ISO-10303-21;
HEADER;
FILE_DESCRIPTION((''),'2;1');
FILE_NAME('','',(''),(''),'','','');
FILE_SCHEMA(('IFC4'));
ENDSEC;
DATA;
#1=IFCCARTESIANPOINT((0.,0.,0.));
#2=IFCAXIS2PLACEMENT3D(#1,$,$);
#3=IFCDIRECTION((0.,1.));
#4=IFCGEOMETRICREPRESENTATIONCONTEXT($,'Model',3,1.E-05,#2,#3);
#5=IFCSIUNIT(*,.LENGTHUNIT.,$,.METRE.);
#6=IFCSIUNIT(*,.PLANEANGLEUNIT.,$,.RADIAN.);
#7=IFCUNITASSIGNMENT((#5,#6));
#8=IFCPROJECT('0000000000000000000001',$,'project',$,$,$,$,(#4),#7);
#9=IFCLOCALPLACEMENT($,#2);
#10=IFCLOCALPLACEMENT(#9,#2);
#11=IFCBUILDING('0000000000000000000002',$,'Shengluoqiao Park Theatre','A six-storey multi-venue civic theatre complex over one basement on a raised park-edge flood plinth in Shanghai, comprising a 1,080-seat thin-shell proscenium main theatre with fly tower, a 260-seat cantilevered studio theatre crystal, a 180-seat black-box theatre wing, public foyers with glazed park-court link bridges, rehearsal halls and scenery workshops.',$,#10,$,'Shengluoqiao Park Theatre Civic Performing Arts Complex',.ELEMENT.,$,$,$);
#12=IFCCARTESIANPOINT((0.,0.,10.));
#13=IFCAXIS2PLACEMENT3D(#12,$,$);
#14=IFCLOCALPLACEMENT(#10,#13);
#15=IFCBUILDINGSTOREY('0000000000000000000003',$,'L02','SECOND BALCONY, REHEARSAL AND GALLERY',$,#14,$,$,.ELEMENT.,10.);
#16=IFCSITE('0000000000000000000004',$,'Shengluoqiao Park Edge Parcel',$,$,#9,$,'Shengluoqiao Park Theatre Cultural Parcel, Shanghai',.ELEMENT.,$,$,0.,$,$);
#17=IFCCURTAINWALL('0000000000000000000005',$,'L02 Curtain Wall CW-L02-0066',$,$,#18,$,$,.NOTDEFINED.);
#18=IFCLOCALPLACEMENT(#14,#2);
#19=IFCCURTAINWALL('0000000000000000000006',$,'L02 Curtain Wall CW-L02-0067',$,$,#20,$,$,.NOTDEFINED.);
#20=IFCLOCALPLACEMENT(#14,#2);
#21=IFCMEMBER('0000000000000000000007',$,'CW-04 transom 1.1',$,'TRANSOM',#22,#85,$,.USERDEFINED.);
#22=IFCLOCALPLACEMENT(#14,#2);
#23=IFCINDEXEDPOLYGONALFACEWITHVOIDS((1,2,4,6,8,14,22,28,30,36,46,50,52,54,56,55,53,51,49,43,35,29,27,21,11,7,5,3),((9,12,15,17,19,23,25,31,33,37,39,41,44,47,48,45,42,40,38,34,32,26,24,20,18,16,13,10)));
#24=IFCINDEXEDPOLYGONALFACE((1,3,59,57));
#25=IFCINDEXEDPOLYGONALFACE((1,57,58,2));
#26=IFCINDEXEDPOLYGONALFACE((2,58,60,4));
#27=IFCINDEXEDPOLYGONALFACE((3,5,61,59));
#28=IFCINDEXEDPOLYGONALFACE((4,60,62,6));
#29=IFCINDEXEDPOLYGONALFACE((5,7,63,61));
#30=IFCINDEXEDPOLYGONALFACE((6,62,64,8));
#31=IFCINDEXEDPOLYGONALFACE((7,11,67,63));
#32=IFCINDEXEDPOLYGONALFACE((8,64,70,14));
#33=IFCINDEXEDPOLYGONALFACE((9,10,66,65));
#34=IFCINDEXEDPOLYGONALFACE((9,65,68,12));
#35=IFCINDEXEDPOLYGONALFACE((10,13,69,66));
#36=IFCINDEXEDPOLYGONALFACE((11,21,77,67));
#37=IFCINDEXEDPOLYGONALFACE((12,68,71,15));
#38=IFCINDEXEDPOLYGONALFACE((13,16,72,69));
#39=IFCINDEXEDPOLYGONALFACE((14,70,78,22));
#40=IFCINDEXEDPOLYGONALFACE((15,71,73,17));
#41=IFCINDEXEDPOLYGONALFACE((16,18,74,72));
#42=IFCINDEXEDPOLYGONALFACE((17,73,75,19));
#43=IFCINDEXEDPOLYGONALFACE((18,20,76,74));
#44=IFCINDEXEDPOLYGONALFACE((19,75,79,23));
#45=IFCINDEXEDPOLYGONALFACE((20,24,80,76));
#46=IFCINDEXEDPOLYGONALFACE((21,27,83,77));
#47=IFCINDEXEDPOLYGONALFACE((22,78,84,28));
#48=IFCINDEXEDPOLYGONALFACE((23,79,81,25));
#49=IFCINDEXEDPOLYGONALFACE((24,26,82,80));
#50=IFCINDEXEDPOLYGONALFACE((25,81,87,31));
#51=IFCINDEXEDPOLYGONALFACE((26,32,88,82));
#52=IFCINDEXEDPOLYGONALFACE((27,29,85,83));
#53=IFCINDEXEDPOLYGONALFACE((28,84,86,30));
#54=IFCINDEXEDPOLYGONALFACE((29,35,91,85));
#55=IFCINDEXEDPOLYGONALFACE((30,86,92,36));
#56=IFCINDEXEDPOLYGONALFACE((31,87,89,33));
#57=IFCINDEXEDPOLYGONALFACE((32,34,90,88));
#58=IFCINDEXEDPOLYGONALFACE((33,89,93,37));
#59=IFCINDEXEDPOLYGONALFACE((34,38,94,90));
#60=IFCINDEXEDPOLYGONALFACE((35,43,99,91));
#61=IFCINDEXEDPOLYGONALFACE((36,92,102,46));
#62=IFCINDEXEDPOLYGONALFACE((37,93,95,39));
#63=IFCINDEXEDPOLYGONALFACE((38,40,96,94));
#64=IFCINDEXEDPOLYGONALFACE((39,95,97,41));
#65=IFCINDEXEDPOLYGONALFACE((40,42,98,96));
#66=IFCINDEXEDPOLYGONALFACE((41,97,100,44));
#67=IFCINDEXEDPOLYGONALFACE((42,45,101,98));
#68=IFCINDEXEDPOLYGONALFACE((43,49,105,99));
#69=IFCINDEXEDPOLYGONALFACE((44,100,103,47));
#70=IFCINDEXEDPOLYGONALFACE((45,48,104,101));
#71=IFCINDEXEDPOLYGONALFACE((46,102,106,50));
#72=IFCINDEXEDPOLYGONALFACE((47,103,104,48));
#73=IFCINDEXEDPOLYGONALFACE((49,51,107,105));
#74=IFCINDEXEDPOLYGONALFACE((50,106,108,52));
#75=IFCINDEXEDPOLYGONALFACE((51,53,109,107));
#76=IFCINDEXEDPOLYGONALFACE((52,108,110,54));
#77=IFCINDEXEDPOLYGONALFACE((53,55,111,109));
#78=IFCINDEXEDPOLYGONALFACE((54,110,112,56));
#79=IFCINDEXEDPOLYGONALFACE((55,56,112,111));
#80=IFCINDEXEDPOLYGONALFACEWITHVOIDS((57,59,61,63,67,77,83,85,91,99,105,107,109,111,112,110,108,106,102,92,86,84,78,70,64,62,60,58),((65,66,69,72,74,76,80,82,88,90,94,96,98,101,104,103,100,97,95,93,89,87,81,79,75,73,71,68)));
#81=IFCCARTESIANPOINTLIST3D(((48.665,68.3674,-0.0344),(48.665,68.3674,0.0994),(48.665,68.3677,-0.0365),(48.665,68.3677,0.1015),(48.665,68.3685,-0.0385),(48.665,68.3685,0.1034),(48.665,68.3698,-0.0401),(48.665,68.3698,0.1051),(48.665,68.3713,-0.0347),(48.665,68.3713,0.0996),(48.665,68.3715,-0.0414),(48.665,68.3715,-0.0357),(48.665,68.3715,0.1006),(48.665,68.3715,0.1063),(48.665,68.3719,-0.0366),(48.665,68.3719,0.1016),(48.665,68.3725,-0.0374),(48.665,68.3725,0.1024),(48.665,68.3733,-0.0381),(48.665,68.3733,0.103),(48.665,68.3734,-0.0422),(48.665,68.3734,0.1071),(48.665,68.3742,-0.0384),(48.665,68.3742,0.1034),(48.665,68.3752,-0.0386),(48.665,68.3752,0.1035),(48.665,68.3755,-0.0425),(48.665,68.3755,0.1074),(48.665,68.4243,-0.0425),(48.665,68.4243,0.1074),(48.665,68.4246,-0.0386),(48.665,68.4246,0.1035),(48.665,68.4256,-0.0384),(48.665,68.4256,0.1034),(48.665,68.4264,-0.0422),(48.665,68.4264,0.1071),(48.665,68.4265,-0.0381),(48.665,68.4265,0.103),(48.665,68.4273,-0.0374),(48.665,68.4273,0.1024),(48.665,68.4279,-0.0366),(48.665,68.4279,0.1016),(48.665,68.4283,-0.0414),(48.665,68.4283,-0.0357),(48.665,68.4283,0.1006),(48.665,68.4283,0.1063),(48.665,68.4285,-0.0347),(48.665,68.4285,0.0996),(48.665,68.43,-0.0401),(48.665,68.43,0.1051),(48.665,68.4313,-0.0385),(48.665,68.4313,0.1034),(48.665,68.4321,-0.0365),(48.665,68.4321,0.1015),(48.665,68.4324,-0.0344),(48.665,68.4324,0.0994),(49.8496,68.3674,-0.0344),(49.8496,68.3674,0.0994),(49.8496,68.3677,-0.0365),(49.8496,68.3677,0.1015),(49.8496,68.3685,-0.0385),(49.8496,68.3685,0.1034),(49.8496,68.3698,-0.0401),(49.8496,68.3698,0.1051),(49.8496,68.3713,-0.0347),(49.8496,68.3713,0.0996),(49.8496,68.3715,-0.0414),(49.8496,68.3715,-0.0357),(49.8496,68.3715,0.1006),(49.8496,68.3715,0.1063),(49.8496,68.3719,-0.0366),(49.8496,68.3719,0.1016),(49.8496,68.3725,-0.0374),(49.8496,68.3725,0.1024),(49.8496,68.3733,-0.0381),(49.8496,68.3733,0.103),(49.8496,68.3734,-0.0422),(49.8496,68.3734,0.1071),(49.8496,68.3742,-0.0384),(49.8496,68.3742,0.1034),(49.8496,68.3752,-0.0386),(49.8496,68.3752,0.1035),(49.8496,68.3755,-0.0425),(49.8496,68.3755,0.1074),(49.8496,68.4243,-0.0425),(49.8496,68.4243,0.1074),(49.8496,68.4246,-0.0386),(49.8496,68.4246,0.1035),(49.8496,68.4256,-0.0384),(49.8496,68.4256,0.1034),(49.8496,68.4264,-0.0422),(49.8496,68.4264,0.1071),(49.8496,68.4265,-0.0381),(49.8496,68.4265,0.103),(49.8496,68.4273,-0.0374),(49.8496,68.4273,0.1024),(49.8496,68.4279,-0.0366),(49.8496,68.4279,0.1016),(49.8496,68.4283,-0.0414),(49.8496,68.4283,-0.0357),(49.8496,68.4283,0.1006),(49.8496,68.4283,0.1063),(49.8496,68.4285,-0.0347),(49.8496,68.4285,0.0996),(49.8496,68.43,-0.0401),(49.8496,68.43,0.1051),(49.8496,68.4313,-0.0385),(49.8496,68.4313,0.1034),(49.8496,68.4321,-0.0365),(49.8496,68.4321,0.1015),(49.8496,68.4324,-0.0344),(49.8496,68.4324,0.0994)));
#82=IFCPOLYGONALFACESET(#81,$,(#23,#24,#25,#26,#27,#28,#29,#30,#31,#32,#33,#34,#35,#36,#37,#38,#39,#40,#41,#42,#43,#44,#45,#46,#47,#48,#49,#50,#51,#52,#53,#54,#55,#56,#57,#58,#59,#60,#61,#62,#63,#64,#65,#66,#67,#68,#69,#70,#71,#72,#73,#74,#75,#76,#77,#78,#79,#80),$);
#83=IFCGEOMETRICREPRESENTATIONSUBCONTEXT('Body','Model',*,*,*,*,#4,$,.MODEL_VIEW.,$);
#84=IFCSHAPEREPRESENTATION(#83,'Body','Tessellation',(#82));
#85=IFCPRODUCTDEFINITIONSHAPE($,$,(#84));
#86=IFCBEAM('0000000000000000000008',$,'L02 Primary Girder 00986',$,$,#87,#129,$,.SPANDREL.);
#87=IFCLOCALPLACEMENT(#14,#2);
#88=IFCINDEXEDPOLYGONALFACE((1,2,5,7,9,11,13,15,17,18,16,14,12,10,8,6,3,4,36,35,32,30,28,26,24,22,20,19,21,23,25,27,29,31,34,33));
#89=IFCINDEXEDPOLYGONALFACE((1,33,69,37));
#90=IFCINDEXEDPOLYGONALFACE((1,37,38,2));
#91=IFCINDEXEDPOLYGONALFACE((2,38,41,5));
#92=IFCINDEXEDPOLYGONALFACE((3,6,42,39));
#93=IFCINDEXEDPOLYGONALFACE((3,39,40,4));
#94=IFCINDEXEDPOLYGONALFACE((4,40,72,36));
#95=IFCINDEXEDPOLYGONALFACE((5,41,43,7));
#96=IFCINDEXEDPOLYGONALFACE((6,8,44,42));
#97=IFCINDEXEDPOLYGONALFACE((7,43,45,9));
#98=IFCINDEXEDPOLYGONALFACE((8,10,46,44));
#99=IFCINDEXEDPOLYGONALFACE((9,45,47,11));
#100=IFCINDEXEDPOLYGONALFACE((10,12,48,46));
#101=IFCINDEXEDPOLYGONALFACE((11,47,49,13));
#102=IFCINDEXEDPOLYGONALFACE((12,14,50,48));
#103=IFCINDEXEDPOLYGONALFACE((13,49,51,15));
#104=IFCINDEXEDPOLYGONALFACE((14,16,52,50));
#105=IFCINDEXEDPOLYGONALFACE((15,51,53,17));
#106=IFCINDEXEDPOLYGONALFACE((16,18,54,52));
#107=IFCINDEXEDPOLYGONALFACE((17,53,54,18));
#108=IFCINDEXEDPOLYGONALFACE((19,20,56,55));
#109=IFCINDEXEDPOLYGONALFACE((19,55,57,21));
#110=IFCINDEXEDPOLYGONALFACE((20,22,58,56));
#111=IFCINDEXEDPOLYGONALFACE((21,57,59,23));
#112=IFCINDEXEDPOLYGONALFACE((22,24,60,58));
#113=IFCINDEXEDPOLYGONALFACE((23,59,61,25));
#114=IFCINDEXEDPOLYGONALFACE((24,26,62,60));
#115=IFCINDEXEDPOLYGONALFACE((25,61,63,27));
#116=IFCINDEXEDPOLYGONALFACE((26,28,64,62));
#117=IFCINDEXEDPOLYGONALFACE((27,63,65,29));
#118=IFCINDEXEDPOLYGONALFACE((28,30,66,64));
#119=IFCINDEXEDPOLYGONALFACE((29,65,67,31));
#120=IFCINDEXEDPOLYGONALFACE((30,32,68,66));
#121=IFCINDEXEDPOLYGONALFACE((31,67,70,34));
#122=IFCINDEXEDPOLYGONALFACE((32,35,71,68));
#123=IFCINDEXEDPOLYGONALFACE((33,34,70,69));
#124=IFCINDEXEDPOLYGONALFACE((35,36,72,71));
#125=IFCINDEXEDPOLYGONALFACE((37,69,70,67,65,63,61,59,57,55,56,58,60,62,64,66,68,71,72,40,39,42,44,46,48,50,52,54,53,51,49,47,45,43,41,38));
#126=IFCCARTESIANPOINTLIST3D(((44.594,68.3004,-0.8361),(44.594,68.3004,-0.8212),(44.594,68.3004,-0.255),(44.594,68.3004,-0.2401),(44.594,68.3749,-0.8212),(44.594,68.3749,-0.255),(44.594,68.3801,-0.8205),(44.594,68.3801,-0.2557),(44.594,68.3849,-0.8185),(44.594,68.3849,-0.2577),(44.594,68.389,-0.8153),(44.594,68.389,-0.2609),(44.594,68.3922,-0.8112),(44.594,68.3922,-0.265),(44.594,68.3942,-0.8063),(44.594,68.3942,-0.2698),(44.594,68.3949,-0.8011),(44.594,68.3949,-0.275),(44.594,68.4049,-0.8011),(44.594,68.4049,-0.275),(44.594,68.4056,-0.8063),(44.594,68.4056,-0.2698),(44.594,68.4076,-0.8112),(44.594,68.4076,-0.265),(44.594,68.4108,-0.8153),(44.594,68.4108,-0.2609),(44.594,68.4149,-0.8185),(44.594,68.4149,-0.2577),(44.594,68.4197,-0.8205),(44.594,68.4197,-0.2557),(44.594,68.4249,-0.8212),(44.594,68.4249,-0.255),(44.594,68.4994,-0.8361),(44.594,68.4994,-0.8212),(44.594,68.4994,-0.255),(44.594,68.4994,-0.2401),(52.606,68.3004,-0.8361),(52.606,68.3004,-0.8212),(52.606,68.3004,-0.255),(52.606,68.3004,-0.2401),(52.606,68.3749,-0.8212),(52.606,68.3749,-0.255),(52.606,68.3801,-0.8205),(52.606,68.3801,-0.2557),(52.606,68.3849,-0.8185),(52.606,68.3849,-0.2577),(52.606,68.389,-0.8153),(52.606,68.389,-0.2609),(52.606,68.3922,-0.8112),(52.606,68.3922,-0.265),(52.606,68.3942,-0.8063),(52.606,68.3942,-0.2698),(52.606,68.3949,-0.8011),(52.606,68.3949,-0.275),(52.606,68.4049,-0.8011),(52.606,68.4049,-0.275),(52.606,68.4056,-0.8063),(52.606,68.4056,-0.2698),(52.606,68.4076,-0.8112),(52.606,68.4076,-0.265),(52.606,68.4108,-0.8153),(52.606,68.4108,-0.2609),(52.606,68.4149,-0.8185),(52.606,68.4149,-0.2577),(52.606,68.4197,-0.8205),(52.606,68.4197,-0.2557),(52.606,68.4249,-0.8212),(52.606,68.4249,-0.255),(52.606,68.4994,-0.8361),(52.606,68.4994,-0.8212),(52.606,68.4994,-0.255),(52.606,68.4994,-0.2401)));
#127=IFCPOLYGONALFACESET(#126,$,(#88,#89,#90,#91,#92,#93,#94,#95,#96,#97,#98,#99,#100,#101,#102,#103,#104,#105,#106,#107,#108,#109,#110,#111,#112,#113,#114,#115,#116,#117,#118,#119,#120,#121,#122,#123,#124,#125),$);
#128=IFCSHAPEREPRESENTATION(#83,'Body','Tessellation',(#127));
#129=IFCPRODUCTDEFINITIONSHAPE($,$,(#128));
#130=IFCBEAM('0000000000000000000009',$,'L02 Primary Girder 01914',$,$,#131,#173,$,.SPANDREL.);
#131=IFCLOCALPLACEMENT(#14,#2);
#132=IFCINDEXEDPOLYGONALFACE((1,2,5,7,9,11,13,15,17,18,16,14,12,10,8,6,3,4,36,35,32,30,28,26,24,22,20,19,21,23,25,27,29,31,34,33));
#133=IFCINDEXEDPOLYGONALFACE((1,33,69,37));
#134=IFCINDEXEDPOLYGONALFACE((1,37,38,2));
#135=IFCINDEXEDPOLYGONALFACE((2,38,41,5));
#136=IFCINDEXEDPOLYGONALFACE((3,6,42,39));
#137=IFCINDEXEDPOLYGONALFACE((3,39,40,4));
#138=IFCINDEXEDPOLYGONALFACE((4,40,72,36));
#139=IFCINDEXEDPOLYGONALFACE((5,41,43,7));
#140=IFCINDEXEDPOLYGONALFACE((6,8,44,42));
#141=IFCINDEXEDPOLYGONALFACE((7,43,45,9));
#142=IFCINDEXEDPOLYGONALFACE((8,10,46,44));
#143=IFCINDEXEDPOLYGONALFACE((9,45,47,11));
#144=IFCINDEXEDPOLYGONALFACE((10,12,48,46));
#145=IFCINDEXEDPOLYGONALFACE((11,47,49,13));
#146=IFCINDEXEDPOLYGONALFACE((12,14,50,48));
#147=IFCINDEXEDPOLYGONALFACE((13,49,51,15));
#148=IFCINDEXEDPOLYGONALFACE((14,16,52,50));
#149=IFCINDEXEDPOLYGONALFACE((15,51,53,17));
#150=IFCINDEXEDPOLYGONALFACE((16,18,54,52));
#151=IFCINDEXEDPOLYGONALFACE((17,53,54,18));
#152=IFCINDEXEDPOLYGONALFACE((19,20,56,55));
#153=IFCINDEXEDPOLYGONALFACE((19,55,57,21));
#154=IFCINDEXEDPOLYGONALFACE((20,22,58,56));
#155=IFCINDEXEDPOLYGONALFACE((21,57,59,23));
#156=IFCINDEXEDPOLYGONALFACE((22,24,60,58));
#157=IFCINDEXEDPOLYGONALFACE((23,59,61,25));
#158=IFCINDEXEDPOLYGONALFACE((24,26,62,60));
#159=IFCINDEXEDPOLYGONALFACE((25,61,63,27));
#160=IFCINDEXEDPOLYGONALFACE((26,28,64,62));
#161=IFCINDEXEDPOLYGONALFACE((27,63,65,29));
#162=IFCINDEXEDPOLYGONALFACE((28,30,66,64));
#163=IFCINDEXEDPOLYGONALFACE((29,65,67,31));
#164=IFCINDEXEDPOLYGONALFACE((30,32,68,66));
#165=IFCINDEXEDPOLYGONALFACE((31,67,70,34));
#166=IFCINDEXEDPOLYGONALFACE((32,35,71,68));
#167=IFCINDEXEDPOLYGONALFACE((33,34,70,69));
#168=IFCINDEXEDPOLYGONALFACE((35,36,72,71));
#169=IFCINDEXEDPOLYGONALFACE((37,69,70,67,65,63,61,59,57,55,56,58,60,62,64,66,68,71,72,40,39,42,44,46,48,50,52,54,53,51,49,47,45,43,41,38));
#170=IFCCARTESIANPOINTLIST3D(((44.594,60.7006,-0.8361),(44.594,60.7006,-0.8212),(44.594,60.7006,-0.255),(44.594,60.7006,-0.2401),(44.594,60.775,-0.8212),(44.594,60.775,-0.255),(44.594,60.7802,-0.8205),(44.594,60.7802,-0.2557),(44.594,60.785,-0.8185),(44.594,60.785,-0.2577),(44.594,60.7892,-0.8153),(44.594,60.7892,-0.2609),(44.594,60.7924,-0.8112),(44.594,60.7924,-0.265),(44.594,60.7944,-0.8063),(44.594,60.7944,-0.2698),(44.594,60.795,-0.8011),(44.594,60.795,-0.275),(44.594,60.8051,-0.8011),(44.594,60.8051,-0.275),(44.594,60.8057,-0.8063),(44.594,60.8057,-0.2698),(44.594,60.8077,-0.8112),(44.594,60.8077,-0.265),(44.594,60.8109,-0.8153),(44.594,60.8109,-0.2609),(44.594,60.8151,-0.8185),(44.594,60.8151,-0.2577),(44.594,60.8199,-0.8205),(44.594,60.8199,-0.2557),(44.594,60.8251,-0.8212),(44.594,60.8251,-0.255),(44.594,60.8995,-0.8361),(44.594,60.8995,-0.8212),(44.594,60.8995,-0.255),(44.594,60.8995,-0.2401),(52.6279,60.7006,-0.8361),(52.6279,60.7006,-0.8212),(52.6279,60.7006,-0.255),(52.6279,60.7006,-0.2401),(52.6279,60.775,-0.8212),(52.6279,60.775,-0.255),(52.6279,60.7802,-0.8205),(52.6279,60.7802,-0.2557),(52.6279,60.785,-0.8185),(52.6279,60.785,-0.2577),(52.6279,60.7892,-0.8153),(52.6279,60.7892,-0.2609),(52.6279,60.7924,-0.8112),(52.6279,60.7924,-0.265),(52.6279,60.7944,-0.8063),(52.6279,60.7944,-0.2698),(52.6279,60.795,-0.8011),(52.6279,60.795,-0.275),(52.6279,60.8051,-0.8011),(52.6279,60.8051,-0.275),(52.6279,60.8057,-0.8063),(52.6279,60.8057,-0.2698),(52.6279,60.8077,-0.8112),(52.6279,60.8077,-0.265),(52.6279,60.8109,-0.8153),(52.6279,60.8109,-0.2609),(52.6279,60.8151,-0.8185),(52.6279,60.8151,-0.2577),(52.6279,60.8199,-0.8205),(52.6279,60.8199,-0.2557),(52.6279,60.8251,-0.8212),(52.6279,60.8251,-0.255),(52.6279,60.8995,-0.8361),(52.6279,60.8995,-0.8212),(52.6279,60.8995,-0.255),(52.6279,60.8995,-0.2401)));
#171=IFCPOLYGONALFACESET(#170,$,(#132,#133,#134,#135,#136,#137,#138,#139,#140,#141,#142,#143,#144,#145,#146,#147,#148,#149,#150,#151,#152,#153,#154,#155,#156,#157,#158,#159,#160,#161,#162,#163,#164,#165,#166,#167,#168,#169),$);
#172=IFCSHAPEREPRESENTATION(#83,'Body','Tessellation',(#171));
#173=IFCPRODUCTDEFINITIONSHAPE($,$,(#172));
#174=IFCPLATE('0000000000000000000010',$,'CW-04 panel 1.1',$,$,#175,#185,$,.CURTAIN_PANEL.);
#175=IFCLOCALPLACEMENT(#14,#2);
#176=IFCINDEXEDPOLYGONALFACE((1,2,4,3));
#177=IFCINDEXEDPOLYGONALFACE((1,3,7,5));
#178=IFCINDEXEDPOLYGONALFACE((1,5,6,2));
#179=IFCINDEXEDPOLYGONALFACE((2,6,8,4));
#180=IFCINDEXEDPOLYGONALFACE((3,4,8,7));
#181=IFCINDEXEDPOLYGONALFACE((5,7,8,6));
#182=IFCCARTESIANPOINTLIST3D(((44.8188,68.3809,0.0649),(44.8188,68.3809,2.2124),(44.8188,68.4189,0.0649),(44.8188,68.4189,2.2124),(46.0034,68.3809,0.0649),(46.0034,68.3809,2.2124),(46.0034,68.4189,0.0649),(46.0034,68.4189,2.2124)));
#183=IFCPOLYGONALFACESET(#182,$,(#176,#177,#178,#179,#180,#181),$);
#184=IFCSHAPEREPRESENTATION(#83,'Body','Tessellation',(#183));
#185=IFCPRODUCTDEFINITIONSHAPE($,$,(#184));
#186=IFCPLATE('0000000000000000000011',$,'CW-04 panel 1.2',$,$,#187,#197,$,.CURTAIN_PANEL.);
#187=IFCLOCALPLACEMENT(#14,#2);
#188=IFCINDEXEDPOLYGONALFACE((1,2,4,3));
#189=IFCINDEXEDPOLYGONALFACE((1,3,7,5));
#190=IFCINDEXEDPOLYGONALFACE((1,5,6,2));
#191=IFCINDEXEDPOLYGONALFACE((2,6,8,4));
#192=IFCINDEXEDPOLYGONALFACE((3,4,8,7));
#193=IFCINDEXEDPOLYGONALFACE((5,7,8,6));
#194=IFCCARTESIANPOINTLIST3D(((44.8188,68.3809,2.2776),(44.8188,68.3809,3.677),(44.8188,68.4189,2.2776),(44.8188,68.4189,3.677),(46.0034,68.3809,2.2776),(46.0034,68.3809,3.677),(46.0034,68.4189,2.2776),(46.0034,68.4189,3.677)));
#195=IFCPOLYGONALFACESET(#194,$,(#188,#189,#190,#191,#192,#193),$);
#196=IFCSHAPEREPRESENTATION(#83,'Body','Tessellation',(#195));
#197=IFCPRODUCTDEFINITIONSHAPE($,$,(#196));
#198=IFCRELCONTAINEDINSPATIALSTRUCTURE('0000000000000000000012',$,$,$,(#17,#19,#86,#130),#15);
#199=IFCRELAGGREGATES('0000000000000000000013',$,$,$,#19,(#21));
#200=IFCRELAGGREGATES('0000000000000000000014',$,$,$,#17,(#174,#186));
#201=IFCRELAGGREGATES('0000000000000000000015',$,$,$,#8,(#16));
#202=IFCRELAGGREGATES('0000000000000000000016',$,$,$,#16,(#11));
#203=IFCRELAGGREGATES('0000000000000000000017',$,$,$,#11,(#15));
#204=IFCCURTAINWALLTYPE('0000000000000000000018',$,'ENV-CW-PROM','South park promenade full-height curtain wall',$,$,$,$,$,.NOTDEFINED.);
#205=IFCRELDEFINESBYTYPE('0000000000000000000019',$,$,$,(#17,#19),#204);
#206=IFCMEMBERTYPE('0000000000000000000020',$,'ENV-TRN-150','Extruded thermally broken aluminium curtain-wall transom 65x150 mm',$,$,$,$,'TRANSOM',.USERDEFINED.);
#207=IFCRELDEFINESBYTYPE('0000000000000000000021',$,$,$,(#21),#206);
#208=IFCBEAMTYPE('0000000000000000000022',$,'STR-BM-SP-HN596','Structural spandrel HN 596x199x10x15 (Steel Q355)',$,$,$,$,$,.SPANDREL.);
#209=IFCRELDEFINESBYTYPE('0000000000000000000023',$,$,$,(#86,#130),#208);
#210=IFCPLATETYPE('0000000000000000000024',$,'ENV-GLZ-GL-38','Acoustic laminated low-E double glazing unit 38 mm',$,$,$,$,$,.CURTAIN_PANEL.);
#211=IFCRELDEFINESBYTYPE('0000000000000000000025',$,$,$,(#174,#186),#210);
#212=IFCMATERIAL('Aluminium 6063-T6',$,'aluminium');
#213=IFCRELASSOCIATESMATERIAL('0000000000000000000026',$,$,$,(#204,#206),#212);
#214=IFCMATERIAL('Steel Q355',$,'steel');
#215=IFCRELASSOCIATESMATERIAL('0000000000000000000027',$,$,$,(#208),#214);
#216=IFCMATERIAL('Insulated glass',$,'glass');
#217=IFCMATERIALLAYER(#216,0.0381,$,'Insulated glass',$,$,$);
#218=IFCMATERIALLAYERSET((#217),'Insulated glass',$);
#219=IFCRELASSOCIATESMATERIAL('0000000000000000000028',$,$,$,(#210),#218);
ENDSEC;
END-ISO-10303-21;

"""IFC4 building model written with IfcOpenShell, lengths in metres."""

from ifc_helpers import new_model, si_unit, direction, frame, origin, origin_2d, place, context, subcontext, project, spatial, rectangle, hollow_rectangle, i_section, extrude, material, layer, layer_set, material_profile, profile_set, type_object, element, aggregate, save


model = new_model("IFC4")

# Units and contexts
model_context = context("Model", 3, precision=1e-05, world=origin(), true_north=direction((0.0, 1.0)))
body_context = subcontext(model_context, "Body", "Model", "MODEL_VIEW")
ifc_project = project(units=[si_unit("LENGTHUNIT", "METRE"), si_unit("PLANEANGLEUNIT", "RADIAN")], contexts=[model_context])

# Site, building, storey
site_placement = place(None, origin())
site = spatial("IfcSite", under=ifc_project, at=site_placement, Name="Shengluoqiao Park Edge Parcel", LongName="Shengluoqiao Park Theatre Cultural Parcel, Shanghai", CompositionType="ELEMENT", RefElevation=0.0)
building_placement = place(site_placement, origin())
building = spatial("IfcBuilding", under=site, at=building_placement, Name="Shengluoqiao Park Theatre", Description="A six-storey multi-venue civic theatre complex over one basement on a raised park-edge flood plinth in Shanghai, comprising a 1,080-seat thin-shell proscenium main theatre with fly tower, a 260-seat cantilevered studio theatre crystal, a 180-seat black-box theatre wing, public foyers with glazed park-court link bridges, rehearsal halls and scenery workshops.", LongName="Shengluoqiao Park Theatre Civic Performing Arts Complex", CompositionType="ELEMENT")
storey_placement = place(building_placement, frame((0.0, 0.0, 10.0)))
storey = spatial("IfcBuildingStorey", under=building, at=storey_placement, Name="L02", Description="SECOND BALCONY, REHEARSAL AND GALLERY", CompositionType="ELEMENT", Elevation=10.0)

# Curtain wall
ifc_material_1 = material(Name="Aluminium 6063-T6", Category="aluminium")
curtain_wall_type = type_object("IfcCurtainWallType", Name="ENV-CW-PROM", Description="South park promenade full-height curtain wall", PredefinedType="NOTDEFINED", material=ifc_material_1)
curtain_wall_1_placement = place(storey_placement, origin())
curtain_wall_1 = element("IfcCurtainWall", 1, at=curtain_wall_1_placement, inside=storey, type_object=curtain_wall_type, Name="L02 Curtain Wall CW-L02-0066", PredefinedType="NOTDEFINED")

# Curtain wall
curtain_wall_2_placement = place(storey_placement, origin())
curtain_wall_2 = element("IfcCurtainWall", 2, at=curtain_wall_2_placement, inside=storey, type_object=curtain_wall_type, Name="L02 Curtain Wall CW-L02-0067", PredefinedType="NOTDEFINED")

# Member
ifc_material_profile_1 = material_profile(ifc_material_1, hollow_rectangle(XDim=0.0649, YDim=0.1499, WallThickness=0.0039, InnerFilletRadius=0.0039, OuterFilletRadius=0.0081, at=origin_2d()), Name="ALU TRANSOM 150x65x4")
ifc_profile_set_1 = profile_set([ifc_material_profile_1], Name="Aluminium 6063-T6")
member_type_1 = type_object("IfcMemberType", Name="ENV-TRN-150", Description="Extruded thermally broken aluminium curtain-wall transom 65x150 mm", ElementType="TRANSOM", PredefinedType="USERDEFINED", material=ifc_profile_set_1)
member_1_placement = place(storey_placement, frame((48.665, 68.3999, 0.0325), z_axis=(1.0, 0.0, 0.0), x_axis=(0.0, 1.0, 0.0)))
member_1 = element("IfcMember", 3, at=member_1_placement, type_object=member_type_1, Name="CW-04 transom 1.1", ObjectType="TRANSOM", PredefinedType="USERDEFINED", context=body_context, shape_type="SweptSolid", body=[
    extrude(hollow_rectangle(XDim=0.0649, YDim=0.1499, WallThickness=0.0039, InnerFilletRadius=0.0039, OuterFilletRadius=0.0081, at=origin_2d()), origin(), (0.0, 0.0, 1.0), 1.1846),
])
aggregate(curtain_wall_2, [member_1])

# Beams
ifc_material_2 = material(Name="Steel Q355", Category="steel")
ifc_material_profile_2 = material_profile(ifc_material_2, i_section(OverallWidth=0.199, OverallDepth=0.5959, WebThickness=0.01, FlangeThickness=0.0149, FilletRadius=0.02, at=origin_2d()), Name="HN 596x199x10x15")
ifc_profile_set_2 = profile_set([ifc_material_profile_2], Name="Steel Q355")
beam_type = type_object("IfcBeamType", Name="STR-BM-SP-HN596", Description="Structural spandrel HN 596x199x10x15 (Steel Q355)", PredefinedType="SPANDREL", material=ifc_profile_set_2)
beam_1_placement = place(storey_placement, frame((44.594, 68.3999, -0.5381), z_axis=(1.0, 0.0, 0.0), x_axis=(0.0, 1.0, 0.0)))
element("IfcBeam", 4, at=beam_1_placement, inside=storey, type_object=beam_type, Name="L02 Primary Girder 00986", PredefinedType="SPANDREL", context=body_context, shape_type="SweptSolid", body=[
    extrude(i_section(OverallWidth=0.199, OverallDepth=0.5959, WebThickness=0.01, FlangeThickness=0.0149, FilletRadius=0.02, at=origin_2d()), origin(), (0.0, 0.0, 1.0), 8.012),
])
beam_2_placement = place(storey_placement, frame((44.594, 60.8, -0.5381), z_axis=(1.0, 0.0, 0.0), x_axis=(0.0, 1.0, 0.0)))
element("IfcBeam", 5, at=beam_2_placement, inside=storey, type_object=beam_type, Name="L02 Primary Girder 01914", PredefinedType="SPANDREL", context=body_context, shape_type="SweptSolid", body=[
    extrude(i_section(OverallWidth=0.199, OverallDepth=0.5959, WebThickness=0.01, FlangeThickness=0.0149, FilletRadius=0.02, at=origin_2d()), origin(), (0.0, 0.0, 1.0), 8.0339),
])

# Plates
ifc_material_3 = material(Name="Insulated glass", Category="glass")
ifc_layer = layer(ifc_material_3, 0.0381, Name="Insulated glass")
ifc_layer_set = layer_set([ifc_layer], Name="Insulated glass")
plate_type = type_object("IfcPlateType", Name="ENV-GLZ-GL-38", Description="Acoustic laminated low-E double glazing unit 38 mm", PredefinedType="CURTAIN_PANEL", material=ifc_layer_set)
plate_1_placement = place(storey_placement, frame((45.4111, 68.3999, 0.0649), z_axis=(0.0, 0.0, 1.0), x_axis=(1.0, 0.0, 0.0)))
plate_1 = element("IfcPlate", 6, at=plate_1_placement, type_object=plate_type, Name="CW-04 panel 1.1", PredefinedType="CURTAIN_PANEL", context=body_context, shape_type="SweptSolid", body=[
    extrude(rectangle(XDim=1.1846, YDim=0.0381, at=origin_2d()), origin(), (0.0, 0.0, 1.0), 2.1475),
])
plate_2_placement = place(storey_placement, frame((45.4111, 68.3999, 2.2776), z_axis=(0.0, 0.0, 1.0), x_axis=(1.0, 0.0, 0.0)))
plate_2 = element("IfcPlate", 7, at=plate_2_placement, type_object=plate_type, Name="CW-04 panel 1.2", PredefinedType="CURTAIN_PANEL", context=body_context, shape_type="SweptSolid", body=[
    extrude(rectangle(XDim=1.1846, YDim=0.0381, at=origin_2d()), origin(), (0.0, 0.0, 1.0), 1.3994),
])
aggregate(curtain_wall_1, [plate_1, plate_2])

save(model, "model.ifc")
